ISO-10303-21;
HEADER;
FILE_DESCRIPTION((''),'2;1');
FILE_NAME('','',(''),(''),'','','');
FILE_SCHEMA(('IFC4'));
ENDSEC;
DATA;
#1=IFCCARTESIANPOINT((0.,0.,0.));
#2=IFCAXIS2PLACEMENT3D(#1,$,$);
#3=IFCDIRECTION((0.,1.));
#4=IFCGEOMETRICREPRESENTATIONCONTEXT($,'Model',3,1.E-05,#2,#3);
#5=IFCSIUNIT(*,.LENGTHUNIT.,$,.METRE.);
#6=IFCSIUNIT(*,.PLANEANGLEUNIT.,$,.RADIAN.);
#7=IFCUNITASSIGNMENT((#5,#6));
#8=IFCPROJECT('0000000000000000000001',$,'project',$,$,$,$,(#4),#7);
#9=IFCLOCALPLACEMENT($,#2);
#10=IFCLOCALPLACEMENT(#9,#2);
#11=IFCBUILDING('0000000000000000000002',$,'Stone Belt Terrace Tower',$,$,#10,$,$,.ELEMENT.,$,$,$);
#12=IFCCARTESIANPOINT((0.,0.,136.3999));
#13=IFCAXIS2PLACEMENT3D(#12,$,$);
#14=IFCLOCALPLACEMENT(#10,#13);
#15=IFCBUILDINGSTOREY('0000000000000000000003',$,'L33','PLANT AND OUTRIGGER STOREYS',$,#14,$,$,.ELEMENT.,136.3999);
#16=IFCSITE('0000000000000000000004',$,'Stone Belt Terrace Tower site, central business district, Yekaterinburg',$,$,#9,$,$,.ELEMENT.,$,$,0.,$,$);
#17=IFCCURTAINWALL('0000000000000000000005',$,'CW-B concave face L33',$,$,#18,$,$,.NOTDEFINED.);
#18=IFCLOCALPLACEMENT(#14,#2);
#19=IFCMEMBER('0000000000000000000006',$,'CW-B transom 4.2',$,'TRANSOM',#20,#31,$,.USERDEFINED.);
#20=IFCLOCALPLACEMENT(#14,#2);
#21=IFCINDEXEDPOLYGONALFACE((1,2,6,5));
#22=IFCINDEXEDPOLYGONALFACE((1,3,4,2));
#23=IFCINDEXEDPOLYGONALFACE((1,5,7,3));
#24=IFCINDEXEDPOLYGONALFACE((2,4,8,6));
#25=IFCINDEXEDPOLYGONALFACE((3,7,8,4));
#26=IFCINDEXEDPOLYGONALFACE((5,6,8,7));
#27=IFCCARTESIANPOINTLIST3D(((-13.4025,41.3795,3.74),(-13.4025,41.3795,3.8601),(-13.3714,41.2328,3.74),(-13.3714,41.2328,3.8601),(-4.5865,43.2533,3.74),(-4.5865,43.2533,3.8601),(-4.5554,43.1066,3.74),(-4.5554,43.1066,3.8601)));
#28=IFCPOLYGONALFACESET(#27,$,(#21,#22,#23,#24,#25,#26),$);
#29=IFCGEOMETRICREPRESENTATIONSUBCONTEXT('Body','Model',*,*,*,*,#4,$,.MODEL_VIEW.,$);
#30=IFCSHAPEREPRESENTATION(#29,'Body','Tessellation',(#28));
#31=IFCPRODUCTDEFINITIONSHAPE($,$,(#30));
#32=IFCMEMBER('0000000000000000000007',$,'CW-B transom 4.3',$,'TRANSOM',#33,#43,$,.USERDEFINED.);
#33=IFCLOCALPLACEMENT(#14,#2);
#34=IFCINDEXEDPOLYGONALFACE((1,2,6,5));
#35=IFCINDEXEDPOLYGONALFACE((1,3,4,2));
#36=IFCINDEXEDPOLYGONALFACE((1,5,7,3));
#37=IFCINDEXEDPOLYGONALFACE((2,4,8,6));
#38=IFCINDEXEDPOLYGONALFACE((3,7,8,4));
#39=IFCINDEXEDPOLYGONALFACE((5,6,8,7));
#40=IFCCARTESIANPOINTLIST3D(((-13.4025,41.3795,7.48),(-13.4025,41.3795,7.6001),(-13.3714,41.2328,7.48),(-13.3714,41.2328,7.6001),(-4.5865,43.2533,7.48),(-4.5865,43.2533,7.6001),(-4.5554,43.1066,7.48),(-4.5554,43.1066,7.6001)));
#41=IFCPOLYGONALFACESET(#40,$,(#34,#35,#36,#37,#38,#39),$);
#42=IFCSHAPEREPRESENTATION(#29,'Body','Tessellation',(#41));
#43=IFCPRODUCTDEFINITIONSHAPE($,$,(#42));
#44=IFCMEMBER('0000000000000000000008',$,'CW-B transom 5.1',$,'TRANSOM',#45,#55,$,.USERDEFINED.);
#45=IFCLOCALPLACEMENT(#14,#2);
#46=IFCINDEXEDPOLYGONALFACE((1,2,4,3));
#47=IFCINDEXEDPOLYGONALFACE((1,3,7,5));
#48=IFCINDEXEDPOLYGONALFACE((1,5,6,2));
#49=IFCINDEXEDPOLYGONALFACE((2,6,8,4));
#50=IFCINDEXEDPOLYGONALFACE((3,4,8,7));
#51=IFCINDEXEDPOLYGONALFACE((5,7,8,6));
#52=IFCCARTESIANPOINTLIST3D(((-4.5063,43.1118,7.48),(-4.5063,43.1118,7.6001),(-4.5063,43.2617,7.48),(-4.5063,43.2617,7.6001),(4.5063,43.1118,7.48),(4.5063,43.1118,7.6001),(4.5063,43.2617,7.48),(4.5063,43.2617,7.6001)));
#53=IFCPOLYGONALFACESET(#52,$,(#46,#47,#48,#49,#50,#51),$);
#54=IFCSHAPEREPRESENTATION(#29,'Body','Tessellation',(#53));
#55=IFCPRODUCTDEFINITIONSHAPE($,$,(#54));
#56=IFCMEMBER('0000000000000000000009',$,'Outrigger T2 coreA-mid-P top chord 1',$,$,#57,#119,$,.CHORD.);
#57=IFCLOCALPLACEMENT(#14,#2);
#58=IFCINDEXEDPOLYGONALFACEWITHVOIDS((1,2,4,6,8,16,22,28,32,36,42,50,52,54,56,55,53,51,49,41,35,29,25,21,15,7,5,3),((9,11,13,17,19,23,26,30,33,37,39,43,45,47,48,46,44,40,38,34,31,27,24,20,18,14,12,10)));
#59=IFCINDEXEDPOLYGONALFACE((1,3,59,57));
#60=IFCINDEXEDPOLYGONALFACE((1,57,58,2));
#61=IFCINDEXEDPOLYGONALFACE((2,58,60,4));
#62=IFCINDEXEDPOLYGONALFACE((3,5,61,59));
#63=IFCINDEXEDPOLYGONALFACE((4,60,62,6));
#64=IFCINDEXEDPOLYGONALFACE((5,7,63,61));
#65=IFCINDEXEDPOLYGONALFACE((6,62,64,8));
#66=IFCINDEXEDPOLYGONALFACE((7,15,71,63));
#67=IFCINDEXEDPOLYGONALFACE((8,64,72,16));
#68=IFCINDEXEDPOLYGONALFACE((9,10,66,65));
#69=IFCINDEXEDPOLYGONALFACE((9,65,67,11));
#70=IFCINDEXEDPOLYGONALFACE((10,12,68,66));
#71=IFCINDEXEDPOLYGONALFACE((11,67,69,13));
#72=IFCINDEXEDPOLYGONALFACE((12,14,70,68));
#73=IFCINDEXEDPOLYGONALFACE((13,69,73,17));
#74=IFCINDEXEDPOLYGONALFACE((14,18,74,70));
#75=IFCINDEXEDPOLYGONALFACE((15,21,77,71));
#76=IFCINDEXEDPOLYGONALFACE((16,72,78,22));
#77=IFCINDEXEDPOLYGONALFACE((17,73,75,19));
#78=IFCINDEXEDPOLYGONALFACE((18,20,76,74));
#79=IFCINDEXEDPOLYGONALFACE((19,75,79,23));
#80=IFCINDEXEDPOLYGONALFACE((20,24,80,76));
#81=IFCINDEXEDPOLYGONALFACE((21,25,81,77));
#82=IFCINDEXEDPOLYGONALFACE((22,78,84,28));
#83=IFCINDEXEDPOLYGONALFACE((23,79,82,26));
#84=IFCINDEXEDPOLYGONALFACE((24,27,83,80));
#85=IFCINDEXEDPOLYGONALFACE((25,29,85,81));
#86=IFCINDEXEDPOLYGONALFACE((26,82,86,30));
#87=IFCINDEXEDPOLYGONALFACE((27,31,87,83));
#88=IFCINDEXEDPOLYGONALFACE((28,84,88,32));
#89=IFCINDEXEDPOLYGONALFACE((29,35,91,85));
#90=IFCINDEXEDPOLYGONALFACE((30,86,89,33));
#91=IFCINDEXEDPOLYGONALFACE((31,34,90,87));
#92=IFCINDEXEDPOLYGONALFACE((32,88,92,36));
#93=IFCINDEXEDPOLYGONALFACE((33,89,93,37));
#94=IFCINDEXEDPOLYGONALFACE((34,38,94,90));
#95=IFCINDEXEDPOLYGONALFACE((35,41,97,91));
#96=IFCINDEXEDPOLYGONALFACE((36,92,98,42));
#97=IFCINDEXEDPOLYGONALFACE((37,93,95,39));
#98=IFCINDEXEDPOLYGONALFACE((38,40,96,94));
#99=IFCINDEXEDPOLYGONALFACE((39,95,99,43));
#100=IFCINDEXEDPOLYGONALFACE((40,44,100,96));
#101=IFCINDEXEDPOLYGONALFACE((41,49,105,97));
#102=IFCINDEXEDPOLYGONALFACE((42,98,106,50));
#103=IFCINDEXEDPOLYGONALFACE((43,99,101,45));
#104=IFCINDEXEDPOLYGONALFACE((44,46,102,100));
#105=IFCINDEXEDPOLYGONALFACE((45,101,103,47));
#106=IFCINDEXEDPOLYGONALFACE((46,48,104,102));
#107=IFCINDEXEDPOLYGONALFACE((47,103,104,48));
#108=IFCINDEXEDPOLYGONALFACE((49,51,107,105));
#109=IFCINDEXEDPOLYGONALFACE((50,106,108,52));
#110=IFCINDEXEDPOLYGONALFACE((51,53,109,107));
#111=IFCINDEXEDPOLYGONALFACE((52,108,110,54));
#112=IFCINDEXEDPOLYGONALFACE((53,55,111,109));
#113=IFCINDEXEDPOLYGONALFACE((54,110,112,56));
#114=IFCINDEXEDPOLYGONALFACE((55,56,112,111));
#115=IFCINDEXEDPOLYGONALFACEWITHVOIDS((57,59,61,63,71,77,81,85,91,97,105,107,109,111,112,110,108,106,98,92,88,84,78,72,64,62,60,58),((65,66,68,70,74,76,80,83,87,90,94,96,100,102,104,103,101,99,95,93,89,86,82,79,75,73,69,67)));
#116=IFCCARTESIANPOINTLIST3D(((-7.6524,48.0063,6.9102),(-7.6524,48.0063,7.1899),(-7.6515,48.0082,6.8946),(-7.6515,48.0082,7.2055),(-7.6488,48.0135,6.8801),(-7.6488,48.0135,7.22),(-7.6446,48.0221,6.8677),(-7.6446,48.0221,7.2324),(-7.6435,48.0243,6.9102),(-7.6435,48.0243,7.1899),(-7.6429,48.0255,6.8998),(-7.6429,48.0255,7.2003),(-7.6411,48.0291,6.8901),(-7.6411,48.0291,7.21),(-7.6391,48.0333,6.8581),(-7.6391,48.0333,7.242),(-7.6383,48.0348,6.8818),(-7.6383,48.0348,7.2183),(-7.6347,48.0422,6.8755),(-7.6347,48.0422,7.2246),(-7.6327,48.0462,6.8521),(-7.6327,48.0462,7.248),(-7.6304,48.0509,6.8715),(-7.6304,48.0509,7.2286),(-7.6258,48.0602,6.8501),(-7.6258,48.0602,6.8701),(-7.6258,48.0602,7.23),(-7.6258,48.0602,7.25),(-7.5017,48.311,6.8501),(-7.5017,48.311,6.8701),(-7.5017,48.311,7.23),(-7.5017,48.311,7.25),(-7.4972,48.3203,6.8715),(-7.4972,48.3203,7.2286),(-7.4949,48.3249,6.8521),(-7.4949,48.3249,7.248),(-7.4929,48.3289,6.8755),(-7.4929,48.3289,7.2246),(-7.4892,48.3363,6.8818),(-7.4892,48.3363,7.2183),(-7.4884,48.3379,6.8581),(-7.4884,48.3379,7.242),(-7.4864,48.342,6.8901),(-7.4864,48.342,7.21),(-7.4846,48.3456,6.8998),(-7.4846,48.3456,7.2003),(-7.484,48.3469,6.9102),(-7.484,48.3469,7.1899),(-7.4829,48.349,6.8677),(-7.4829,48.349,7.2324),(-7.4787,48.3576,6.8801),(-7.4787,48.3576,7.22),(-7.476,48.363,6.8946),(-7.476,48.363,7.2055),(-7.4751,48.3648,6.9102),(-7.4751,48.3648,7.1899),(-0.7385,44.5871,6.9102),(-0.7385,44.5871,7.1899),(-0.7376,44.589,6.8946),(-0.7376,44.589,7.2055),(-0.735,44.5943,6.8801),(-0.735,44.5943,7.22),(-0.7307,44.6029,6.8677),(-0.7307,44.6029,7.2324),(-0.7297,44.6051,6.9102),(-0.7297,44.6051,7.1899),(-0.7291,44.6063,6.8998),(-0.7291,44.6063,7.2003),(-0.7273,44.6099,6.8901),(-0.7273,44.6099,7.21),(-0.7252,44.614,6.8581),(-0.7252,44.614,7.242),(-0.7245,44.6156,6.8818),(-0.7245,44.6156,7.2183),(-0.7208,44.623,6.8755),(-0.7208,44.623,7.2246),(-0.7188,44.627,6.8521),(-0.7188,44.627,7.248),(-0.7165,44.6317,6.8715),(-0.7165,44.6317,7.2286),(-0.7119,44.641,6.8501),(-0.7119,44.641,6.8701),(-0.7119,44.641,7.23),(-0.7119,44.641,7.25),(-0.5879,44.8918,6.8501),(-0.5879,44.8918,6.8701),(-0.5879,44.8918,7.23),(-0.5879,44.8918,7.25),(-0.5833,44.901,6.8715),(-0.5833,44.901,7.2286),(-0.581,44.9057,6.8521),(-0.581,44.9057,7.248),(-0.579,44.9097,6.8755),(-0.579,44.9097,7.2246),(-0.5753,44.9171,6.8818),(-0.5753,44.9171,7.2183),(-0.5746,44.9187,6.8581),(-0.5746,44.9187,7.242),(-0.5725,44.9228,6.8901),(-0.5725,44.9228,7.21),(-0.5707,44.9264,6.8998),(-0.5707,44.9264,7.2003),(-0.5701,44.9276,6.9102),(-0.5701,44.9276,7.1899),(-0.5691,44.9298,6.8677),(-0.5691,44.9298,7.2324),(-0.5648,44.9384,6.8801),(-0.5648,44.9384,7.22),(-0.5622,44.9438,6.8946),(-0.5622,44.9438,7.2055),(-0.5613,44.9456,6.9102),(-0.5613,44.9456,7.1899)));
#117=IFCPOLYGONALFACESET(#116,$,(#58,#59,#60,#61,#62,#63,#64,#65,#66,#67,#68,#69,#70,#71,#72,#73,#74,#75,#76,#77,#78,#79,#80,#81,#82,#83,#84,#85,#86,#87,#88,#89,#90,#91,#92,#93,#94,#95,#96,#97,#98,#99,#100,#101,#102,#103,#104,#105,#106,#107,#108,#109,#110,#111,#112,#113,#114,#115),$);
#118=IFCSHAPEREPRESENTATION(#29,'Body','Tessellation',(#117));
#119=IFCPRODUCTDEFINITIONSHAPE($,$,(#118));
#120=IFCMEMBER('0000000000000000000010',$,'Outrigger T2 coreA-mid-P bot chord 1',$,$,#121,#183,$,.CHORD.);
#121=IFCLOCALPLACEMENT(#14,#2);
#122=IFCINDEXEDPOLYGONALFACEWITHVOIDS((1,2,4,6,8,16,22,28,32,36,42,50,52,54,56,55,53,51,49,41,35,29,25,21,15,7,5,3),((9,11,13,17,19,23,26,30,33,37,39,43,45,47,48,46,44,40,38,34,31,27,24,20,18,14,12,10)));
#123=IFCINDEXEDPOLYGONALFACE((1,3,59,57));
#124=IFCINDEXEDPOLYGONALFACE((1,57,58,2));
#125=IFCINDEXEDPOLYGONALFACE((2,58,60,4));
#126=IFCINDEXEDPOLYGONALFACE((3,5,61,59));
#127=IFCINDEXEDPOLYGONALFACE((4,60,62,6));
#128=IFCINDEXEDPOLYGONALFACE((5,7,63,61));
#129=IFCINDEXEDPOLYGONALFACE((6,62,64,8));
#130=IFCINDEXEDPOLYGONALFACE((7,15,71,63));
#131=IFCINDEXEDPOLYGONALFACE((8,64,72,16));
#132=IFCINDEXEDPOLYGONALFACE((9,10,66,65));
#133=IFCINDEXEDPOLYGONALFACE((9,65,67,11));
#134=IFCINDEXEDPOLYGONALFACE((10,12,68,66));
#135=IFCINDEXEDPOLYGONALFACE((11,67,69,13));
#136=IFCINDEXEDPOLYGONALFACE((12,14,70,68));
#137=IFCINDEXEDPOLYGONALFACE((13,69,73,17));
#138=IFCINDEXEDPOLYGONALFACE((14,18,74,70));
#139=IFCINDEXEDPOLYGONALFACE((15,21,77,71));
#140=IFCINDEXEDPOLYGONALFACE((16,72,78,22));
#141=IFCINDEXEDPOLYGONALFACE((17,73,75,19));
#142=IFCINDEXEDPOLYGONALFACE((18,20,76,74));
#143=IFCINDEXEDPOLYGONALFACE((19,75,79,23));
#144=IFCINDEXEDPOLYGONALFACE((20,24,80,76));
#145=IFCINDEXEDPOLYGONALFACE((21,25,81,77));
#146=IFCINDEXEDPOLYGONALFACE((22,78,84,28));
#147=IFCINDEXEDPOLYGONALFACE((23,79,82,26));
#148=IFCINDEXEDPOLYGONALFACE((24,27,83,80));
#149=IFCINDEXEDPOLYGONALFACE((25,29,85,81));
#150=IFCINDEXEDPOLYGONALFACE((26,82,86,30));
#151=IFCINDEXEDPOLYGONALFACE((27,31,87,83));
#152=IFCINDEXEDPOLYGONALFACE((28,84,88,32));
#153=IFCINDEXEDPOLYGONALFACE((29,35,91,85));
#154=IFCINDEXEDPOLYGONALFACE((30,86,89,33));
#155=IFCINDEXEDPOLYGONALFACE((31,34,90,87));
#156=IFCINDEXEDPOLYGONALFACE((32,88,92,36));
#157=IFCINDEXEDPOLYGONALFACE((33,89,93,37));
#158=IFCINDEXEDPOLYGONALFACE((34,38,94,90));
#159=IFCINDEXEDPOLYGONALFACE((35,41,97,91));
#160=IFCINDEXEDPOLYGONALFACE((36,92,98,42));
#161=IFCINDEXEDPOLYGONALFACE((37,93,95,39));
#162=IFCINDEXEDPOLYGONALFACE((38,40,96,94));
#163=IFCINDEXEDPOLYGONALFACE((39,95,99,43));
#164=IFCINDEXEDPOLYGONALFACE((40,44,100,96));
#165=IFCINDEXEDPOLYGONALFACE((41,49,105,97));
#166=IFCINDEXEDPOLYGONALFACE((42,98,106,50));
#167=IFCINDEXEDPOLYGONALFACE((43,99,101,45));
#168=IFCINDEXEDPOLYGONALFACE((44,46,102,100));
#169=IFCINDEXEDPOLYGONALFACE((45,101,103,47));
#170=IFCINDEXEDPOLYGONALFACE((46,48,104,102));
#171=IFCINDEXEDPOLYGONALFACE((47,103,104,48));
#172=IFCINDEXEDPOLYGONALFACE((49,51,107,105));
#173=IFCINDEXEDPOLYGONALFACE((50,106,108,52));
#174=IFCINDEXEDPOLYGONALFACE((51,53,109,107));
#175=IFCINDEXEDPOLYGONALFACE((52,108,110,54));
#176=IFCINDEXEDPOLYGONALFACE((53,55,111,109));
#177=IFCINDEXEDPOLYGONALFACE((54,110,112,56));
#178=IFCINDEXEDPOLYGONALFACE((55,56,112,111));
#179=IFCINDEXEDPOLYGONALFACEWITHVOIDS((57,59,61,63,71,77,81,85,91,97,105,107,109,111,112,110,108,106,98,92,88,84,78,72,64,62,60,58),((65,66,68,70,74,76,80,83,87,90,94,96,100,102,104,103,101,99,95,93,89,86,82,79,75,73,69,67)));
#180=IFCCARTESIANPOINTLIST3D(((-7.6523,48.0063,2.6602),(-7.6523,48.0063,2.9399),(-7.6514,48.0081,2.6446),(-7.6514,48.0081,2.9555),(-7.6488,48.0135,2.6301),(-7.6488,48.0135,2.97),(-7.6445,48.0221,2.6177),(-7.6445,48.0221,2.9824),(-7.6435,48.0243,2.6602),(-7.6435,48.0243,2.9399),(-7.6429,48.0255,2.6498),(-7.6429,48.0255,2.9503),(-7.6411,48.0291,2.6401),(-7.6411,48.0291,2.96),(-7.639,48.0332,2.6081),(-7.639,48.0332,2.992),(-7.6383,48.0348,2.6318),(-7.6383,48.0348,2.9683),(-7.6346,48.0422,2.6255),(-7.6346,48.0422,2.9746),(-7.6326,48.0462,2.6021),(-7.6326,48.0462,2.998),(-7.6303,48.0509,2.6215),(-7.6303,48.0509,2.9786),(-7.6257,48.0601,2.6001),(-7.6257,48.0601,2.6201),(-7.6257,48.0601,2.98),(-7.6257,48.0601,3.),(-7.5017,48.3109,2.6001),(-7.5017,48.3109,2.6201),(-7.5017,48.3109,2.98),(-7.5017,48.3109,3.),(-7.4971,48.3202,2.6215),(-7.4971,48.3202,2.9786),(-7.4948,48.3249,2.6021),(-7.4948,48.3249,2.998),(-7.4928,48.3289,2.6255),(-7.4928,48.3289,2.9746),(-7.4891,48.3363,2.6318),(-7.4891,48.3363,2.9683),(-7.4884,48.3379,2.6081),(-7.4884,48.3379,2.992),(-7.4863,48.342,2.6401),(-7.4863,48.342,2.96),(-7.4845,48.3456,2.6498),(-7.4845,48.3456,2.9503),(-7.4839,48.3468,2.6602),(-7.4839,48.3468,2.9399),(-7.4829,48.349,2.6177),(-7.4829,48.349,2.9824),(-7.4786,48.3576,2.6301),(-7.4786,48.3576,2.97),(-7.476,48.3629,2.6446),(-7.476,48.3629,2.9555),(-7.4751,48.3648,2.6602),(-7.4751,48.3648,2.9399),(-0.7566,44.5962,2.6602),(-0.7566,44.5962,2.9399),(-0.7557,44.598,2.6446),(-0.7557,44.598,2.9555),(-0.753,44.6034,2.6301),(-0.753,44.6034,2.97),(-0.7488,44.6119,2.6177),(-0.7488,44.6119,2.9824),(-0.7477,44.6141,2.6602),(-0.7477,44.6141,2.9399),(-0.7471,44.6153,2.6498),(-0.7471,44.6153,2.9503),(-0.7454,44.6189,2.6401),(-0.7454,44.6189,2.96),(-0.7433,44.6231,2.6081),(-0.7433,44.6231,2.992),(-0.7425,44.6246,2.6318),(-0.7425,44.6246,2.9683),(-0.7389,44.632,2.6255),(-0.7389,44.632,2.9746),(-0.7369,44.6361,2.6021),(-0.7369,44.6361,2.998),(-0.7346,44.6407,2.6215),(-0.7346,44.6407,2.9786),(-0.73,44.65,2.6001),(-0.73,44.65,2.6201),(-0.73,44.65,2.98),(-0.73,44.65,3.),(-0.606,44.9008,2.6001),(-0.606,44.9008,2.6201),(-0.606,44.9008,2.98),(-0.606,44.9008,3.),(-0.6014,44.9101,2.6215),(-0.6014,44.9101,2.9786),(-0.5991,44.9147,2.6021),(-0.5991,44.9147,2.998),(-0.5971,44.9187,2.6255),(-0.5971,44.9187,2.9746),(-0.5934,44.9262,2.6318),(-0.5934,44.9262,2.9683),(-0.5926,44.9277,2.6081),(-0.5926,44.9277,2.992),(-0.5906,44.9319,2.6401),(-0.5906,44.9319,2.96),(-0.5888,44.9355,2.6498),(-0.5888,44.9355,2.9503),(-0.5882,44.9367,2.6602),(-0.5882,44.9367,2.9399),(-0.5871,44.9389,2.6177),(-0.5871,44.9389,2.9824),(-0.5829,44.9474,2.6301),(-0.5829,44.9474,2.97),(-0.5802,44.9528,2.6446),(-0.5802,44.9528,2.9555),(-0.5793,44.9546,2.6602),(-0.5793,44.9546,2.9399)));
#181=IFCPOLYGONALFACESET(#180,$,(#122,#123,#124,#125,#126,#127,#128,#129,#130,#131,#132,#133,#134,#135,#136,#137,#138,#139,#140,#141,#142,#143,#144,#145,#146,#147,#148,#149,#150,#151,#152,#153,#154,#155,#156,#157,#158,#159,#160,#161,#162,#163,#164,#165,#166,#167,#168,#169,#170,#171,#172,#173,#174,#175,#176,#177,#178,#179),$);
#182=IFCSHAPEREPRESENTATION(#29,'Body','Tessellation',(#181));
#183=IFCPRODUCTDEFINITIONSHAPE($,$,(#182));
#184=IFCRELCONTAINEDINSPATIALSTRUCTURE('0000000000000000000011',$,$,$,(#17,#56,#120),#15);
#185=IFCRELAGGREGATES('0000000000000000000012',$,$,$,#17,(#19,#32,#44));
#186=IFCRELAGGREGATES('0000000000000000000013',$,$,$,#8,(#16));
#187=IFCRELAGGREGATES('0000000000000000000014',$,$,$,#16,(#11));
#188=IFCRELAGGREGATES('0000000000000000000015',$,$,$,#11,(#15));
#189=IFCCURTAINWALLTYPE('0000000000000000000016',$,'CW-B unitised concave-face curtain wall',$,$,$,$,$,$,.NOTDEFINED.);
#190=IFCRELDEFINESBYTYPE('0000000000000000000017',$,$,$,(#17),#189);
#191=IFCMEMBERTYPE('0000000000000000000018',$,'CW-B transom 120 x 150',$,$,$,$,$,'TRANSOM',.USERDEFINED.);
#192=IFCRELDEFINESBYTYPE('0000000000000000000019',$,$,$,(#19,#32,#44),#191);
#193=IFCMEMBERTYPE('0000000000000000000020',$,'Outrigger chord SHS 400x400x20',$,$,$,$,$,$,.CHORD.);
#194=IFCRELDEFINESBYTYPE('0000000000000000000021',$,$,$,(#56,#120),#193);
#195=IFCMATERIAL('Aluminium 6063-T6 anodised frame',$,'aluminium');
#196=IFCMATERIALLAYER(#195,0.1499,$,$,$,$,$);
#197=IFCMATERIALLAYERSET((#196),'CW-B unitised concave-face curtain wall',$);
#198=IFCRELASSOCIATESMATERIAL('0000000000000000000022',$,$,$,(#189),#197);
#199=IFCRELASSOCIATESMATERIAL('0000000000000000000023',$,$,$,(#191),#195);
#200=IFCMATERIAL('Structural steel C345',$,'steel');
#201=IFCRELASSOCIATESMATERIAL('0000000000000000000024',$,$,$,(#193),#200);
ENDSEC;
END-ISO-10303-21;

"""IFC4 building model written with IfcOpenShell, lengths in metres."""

from ifc_helpers import new_model, si_unit, direction, frame, origin, origin_2d, place, context, subcontext, project, spatial, rectangle, hollow_rectangle, extrude, material, layer, layer_set, material_profile, profile_set, type_object, element, aggregate, save


model = new_model("IFC4")

# Units and contexts
model_context = context("Model", 3, precision=1e-05, world=origin(), true_north=direction((0.0, 1.0)))
body_context = subcontext(model_context, "Body", "Model", "MODEL_VIEW")
ifc_project = project(units=[si_unit("LENGTHUNIT", "METRE"), si_unit("PLANEANGLEUNIT", "RADIAN")], contexts=[model_context])

# Site, building, storey
site_placement = place(None, origin())
site = spatial("IfcSite", under=ifc_project, at=site_placement, Name="Stone Belt Terrace Tower site, central business district, Yekaterinburg", CompositionType="ELEMENT", RefElevation=0.0)
building_placement = place(site_placement, origin())
building = spatial("IfcBuilding", under=site, at=building_placement, Name="Stone Belt Terrace Tower", CompositionType="ELEMENT")
storey_placement = place(building_placement, frame((0.0, 0.0, 136.3999)))
storey = spatial("IfcBuildingStorey", under=building, at=storey_placement, Name="L33", Description="PLANT AND OUTRIGGER STOREYS", CompositionType="ELEMENT", Elevation=136.3999)

# Shared definitions
ifc_material_1 = material(Name="Structural steel C345", Category="steel")

# Curtain wall, members
ifc_material_2 = material(Name="Aluminium 6063-T6 anodised frame", Category="aluminium")
ifc_layer_1 = layer(ifc_material_2, 0.1499)
ifc_layer_set_1 = layer_set([ifc_layer_1], Name="CW-B unitised concave-face curtain wall")
curtain_wall_type = type_object("IfcCurtainWallType", Name="CW-B unitised concave-face curtain wall", PredefinedType="NOTDEFINED", material=ifc_layer_set_1)
curtain_wall_placement = place(storey_placement, origin())
curtain_wall = element("IfcCurtainWall", 1, at=curtain_wall_placement, inside=storey, type_object=curtain_wall_type, Name="CW-B concave face L33", PredefinedType="NOTDEFINED")
ifc_material_profile_1 = material_profile(ifc_material_2, rectangle(XDim=0.1499, YDim=0.1201, at=origin_2d()), Name="Aluminium 6063-T6 150x120")
ifc_profile_set_1 = profile_set([ifc_material_profile_1], Name="Aluminium 6063-T6 anodised frame")
member_type_1 = type_object("IfcMemberType", Name="CW-B transom 120 x 150", ElementType="TRANSOM", PredefinedType="USERDEFINED", material=ifc_profile_set_1)
member_1_placement = place(storey_placement, frame((-13.387, 41.3062, 3.8), z_axis=(0.97815, 0.207901, 0.0), x_axis=(-0.207901, 0.97815, 0.0)))
member_1 = element("IfcMember", 2, at=member_1_placement, type_object=member_type_1, Name="CW-B transom 4.2", ObjectType="TRANSOM", PredefinedType="USERDEFINED", context=body_context, shape_type="SweptSolid", body=[
    extrude(rectangle(XDim=0.1499, YDim=0.1201, at=origin_2d()), origin(), (0.0, 0.0, 1.0), 9.0129),
])
member_2_placement = place(storey_placement, frame((-13.387, 41.3062, 7.54), z_axis=(0.97815, 0.207901, 0.0), x_axis=(-0.207901, 0.97815, 0.0)))
member_2 = element("IfcMember", 3, at=member_2_placement, type_object=member_type_1, Name="CW-B transom 4.3", ObjectType="TRANSOM", PredefinedType="USERDEFINED", context=body_context, shape_type="SweptSolid", body=[
    extrude(rectangle(XDim=0.1499, YDim=0.1201, at=origin_2d()), origin(), (0.0, 0.0, 1.0), 9.0129),
])
member_3_placement = place(storey_placement, frame((-4.5063, 43.1868, 7.54), z_axis=(1.0, 0.0, 0.0), x_axis=(0.0, 1.0, 0.0)))
member_3 = element("IfcMember", 4, at=member_3_placement, type_object=member_type_1, Name="CW-B transom 5.1", ObjectType="TRANSOM", PredefinedType="USERDEFINED", context=body_context, shape_type="SweptSolid", body=[
    extrude(rectangle(XDim=0.1499, YDim=0.1201, at=origin_2d()), origin(), (0.0, 0.0, 1.0), 9.0127),
])

# Members
ifc_material_profile_2 = material_profile(ifc_material_1, hollow_rectangle(XDim=0.3999, YDim=0.3999, WallThickness=0.02, InnerFilletRadius=0.04, OuterFilletRadius=0.0601, at=origin_2d()), Name="SHS 400x400x20")
ifc_profile_set_2 = profile_set([ifc_material_profile_2], Name="Structural steel C345")
member_type_2 = type_object("IfcMemberType", Name="Outrigger chord SHS 400x400x20", PredefinedType="CHORD", material=ifc_profile_set_2)
member_4_placement = place(storey_placement, frame((-0.6499, 44.7664, 7.05), z_axis=(-0.896375, 0.443297, 0.0), x_axis=(-0.443297, -0.896375, 0.0)))
element("IfcMember", 5, at=member_4_placement, inside=storey, type_object=member_type_2, Name="Outrigger T2 coreA-mid-P top chord 1", PredefinedType="CHORD", context=body_context, shape_type="SweptSolid", body=[
    extrude(hollow_rectangle(XDim=0.3999, YDim=0.3999, WallThickness=0.02, InnerFilletRadius=0.04, OuterFilletRadius=0.0601, at=origin_2d()), origin(), (0.0, 0.0, 1.0), 7.7131),
])
member_5_placement = place(storey_placement, frame((-0.668, 44.7754, 2.8), z_axis=(-0.89638, 0.443287, 0.0), x_axis=(-0.443287, -0.89638, 0.0)))
element("IfcMember", 6, at=member_5_placement, inside=storey, type_object=member_type_2, Name="Outrigger T2 coreA-mid-P bot chord 1", PredefinedType="CHORD", context=body_context, shape_type="SweptSolid", body=[
    extrude(hollow_rectangle(XDim=0.3999, YDim=0.3999, WallThickness=0.02, InnerFilletRadius=0.04, OuterFilletRadius=0.0601, at=origin_2d()), origin(), (0.0, 0.0, 1.0), 7.6929),
])

aggregate(curtain_wall, [member_1, member_2, member_3])

save(model, "model.ifc")
